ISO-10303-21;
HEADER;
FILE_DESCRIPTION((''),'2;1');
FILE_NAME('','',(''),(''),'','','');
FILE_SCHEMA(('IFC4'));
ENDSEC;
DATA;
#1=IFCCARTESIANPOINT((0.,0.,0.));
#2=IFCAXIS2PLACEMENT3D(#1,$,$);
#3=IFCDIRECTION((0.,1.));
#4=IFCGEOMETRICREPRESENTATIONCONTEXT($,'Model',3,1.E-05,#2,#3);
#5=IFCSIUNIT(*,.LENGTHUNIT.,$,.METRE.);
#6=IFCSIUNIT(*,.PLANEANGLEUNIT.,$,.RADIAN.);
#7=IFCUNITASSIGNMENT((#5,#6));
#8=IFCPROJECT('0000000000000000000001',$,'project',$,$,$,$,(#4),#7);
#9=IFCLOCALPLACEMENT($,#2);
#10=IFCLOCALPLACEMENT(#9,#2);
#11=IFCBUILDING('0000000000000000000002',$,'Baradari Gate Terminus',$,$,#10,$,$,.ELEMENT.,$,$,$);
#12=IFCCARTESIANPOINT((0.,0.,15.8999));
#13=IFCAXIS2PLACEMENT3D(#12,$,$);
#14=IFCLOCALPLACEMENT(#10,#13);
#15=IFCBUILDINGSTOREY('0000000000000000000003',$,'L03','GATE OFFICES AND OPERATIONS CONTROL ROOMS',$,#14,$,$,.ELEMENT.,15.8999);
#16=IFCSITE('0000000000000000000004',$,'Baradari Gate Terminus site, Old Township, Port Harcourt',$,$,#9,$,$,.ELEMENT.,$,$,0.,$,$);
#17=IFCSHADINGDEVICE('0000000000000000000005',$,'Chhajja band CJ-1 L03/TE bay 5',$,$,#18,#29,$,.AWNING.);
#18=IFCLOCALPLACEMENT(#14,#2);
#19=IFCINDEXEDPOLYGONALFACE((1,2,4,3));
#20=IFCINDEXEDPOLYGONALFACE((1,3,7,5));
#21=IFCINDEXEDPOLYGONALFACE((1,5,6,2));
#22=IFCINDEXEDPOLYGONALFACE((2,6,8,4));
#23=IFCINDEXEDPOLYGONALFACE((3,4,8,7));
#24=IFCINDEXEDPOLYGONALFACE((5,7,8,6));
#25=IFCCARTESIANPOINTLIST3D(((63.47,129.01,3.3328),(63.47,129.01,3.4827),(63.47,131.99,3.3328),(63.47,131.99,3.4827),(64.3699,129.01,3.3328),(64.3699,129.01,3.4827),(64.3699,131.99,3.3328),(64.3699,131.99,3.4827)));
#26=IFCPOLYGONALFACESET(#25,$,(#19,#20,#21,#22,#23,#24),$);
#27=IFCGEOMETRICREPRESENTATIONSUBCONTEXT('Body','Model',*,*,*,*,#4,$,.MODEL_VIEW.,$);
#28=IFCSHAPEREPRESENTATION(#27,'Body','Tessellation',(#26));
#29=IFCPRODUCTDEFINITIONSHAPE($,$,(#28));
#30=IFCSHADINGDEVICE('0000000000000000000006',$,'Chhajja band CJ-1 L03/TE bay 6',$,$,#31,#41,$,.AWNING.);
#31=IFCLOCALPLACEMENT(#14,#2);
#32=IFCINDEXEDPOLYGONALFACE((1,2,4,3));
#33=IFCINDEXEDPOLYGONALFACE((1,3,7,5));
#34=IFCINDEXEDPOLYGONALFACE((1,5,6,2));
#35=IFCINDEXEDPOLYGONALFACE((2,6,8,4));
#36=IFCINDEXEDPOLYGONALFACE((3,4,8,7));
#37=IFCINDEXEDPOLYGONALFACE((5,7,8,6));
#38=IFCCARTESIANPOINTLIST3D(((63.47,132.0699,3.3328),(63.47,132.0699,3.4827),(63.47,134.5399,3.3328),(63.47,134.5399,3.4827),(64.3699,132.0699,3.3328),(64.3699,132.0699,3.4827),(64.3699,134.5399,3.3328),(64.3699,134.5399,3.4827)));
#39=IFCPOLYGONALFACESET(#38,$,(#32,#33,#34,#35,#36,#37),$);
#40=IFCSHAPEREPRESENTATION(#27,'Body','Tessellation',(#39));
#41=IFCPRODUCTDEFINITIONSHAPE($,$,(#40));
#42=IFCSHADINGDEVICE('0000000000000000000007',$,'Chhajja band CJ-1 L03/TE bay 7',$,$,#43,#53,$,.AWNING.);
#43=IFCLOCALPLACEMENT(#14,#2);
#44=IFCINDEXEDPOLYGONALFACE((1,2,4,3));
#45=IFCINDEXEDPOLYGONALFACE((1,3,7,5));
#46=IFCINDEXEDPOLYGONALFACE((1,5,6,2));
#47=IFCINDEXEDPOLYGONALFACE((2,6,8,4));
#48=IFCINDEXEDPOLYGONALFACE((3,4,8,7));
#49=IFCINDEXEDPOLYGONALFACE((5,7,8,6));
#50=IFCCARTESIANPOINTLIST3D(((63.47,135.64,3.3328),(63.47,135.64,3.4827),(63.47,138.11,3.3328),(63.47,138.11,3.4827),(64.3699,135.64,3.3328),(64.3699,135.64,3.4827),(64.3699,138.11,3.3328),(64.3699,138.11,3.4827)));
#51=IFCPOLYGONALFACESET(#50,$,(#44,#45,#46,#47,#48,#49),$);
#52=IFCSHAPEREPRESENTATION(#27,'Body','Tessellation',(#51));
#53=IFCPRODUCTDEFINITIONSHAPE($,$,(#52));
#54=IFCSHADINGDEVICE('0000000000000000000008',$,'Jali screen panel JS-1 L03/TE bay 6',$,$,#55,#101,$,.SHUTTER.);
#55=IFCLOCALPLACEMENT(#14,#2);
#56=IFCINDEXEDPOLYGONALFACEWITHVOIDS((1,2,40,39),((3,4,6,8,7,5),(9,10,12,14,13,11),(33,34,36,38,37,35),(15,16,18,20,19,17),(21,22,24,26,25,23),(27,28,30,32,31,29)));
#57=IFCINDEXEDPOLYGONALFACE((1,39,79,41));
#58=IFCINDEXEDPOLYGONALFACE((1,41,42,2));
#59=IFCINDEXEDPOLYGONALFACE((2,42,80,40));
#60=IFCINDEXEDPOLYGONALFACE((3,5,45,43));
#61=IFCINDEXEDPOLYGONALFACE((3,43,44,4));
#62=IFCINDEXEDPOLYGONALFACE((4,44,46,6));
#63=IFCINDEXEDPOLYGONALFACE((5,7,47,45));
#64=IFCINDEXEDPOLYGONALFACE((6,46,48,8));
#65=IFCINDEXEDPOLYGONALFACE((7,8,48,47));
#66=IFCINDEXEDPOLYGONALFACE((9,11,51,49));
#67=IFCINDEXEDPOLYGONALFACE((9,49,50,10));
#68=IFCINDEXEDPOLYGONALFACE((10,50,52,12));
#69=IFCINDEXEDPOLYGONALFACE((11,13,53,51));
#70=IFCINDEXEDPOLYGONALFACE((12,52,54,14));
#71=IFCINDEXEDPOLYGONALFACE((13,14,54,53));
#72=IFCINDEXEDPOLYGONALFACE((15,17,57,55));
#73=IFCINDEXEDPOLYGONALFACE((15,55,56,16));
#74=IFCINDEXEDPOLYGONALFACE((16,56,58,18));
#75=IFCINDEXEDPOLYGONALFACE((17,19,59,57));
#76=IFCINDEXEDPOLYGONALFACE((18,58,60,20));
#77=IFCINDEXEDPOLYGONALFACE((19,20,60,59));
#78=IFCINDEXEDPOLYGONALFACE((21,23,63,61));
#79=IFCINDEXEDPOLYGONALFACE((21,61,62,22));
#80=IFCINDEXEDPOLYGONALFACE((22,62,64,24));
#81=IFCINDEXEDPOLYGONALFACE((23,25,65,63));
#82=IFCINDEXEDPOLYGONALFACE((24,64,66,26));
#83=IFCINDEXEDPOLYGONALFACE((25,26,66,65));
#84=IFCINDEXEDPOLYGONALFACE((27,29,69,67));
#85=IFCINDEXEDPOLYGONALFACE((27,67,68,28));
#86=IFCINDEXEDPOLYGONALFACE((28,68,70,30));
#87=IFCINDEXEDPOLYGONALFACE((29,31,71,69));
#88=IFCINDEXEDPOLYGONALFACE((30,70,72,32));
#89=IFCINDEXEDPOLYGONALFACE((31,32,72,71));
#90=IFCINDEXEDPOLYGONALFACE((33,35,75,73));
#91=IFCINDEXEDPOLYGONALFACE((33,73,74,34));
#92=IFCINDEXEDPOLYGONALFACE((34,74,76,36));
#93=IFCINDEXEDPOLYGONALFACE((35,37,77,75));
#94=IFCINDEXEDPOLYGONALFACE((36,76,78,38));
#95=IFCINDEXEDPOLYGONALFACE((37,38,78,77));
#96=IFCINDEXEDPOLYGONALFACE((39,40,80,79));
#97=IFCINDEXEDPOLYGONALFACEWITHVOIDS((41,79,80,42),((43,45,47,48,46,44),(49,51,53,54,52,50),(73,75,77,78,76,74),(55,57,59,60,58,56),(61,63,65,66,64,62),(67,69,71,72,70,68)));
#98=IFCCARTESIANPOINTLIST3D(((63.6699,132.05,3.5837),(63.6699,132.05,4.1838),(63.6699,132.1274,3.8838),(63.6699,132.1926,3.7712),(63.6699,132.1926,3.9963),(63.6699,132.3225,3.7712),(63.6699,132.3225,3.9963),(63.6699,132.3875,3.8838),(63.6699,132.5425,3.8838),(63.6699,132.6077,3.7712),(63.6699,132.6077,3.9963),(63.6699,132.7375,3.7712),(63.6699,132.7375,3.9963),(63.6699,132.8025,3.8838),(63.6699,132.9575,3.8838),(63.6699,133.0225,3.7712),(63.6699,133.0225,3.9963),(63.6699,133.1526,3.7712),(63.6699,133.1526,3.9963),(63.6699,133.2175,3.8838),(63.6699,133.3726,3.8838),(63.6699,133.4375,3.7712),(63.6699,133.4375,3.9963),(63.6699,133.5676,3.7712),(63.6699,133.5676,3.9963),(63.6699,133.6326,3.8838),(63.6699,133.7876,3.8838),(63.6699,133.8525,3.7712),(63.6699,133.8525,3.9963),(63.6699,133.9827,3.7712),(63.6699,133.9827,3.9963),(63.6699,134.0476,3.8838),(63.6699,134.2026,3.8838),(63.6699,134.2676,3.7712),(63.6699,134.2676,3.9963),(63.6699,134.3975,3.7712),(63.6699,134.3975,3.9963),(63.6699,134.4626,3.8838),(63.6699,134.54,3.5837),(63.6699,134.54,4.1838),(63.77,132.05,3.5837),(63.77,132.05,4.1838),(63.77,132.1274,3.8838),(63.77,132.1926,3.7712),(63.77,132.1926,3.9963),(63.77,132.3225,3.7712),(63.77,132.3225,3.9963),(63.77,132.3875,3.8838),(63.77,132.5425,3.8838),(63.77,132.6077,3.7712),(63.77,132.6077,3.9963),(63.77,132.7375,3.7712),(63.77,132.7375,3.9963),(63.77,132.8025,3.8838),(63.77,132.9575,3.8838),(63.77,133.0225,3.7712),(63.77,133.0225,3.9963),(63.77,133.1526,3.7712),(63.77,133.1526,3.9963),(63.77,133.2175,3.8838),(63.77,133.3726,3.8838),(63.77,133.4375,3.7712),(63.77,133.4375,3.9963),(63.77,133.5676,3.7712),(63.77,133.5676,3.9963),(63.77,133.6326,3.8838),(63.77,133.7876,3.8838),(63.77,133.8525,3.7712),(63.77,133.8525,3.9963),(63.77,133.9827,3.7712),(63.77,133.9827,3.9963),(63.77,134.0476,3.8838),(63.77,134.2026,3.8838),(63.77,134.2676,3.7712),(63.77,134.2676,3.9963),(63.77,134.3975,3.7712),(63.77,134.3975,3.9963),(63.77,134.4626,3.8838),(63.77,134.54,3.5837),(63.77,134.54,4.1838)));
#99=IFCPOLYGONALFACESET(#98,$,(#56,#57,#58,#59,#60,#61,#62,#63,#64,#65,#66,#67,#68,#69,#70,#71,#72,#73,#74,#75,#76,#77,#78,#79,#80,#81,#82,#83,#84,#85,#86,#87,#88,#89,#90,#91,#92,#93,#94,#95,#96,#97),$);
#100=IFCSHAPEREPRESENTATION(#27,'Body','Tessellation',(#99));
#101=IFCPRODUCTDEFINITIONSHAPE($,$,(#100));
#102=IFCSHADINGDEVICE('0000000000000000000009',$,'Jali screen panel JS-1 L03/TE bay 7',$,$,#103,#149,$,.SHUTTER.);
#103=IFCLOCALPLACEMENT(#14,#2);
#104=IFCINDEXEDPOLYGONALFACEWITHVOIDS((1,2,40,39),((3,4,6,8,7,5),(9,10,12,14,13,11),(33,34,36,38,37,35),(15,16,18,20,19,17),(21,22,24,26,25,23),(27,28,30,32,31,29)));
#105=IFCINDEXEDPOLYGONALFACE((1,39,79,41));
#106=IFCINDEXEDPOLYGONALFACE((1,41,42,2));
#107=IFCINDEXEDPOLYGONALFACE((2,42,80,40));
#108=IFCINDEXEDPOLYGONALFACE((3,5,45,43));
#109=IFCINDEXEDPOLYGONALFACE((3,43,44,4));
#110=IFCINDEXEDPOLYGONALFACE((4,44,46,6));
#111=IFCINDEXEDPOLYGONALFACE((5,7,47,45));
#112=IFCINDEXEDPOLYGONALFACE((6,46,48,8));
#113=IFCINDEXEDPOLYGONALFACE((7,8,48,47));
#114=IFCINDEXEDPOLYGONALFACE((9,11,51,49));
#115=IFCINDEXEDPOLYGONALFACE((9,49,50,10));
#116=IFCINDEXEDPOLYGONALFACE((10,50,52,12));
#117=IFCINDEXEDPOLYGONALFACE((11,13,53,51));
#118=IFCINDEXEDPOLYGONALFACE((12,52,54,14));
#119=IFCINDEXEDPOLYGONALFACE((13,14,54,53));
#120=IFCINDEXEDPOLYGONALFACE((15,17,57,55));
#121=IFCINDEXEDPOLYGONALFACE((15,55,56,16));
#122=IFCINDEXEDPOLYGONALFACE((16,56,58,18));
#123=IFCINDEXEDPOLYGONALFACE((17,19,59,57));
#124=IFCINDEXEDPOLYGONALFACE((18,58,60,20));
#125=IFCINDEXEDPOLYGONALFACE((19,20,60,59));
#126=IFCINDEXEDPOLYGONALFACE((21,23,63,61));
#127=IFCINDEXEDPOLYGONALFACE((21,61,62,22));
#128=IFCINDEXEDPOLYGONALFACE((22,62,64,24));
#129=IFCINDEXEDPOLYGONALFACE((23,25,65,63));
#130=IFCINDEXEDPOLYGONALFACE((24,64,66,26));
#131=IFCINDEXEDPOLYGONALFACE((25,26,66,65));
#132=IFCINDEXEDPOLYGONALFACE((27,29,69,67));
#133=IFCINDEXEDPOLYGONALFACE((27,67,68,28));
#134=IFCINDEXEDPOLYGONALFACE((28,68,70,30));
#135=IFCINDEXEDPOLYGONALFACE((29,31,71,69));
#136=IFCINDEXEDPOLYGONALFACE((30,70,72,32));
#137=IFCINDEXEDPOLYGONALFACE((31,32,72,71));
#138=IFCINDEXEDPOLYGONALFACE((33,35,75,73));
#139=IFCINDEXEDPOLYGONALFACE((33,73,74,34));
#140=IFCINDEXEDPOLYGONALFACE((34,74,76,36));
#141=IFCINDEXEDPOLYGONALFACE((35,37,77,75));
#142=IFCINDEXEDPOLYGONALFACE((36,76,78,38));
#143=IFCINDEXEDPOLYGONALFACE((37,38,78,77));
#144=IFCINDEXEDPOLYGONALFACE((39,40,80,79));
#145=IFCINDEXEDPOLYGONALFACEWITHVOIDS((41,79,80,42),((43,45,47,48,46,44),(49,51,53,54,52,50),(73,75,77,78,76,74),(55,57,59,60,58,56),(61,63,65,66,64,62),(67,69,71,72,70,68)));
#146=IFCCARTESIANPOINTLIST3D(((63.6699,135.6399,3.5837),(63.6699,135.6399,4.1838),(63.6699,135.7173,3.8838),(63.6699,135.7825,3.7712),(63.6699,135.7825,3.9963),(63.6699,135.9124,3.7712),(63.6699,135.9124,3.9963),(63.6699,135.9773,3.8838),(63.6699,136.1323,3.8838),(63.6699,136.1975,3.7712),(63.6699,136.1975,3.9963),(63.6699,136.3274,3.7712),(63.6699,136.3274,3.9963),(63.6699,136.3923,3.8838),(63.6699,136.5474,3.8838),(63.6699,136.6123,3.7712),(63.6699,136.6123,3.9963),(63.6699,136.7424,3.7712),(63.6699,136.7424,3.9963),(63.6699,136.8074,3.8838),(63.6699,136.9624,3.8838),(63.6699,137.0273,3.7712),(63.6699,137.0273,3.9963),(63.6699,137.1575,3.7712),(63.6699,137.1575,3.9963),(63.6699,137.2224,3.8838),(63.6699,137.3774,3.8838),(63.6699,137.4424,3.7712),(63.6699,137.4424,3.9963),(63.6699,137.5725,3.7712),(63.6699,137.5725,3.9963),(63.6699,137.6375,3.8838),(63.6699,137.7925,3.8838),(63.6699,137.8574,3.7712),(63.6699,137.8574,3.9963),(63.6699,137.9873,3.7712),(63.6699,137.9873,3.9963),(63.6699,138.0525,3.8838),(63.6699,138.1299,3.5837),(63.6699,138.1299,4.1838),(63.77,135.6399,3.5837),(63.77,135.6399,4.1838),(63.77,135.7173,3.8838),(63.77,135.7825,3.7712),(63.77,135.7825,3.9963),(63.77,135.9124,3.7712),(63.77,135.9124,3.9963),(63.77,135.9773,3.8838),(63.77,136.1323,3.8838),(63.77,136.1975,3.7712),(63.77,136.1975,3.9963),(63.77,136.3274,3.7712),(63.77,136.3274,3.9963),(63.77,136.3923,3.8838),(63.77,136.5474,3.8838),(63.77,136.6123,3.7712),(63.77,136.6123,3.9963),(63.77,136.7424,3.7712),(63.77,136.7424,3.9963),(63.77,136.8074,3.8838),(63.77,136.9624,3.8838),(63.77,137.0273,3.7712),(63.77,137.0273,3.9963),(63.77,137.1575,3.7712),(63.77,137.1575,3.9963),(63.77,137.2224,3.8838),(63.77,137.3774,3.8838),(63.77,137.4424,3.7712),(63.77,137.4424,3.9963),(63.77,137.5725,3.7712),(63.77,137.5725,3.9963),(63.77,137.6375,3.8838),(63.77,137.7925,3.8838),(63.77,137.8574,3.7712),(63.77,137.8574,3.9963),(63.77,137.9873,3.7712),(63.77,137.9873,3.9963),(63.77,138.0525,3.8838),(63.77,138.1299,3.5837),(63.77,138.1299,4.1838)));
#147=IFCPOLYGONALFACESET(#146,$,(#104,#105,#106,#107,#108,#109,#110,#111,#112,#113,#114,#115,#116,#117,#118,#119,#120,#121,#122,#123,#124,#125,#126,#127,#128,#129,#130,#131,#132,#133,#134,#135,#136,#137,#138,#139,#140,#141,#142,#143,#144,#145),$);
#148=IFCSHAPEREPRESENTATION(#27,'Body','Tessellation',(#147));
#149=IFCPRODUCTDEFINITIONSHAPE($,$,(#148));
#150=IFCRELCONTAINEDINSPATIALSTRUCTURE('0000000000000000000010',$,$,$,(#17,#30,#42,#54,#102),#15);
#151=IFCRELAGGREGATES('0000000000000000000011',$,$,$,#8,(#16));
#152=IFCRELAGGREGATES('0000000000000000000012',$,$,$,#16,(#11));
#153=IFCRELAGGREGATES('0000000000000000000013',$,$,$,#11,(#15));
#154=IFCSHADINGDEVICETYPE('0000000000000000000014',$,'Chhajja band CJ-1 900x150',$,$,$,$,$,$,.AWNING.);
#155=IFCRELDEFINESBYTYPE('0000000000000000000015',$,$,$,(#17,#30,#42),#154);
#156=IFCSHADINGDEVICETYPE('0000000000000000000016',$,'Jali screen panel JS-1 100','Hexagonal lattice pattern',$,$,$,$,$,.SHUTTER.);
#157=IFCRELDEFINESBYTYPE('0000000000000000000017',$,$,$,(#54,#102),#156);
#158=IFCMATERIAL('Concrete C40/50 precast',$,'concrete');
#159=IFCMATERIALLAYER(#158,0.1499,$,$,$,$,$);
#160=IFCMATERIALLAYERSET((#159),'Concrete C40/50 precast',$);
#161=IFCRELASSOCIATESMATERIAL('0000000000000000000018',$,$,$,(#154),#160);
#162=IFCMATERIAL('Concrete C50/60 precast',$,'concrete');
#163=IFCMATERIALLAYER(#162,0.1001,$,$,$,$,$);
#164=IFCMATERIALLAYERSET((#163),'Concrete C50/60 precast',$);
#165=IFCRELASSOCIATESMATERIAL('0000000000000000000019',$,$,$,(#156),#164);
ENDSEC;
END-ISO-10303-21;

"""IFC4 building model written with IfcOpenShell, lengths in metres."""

from ifc_helpers import new_model, si_unit, direction, frame, origin, origin_2d, place, context, subcontext, project, spatial, polyline, rectangle, outline, extrude, material, layer, layer_set, type_object, element, save


model = new_model("IFC4")

# Units and contexts
model_context = context("Model", 3, precision=1e-05, world=origin(), true_north=direction((0.0, 1.0)))
body_context = subcontext(model_context, "Body", "Model", "MODEL_VIEW")
ifc_project = project(units=[si_unit("LENGTHUNIT", "METRE"), si_unit("PLANEANGLEUNIT", "RADIAN")], contexts=[model_context])

# Site, building, storey
site_placement = place(None, origin())
site = spatial("IfcSite", under=ifc_project, at=site_placement, Name="Baradari Gate Terminus site, Old Township, Port Harcourt", CompositionType="ELEMENT", RefElevation=0.0)
building_placement = place(site_placement, origin())
building = spatial("IfcBuilding", under=site, at=building_placement, Name="Baradari Gate Terminus", CompositionType="ELEMENT")
storey_placement = place(building_placement, frame((0.0, 0.0, 15.8999)))
storey = spatial("IfcBuildingStorey", under=building, at=storey_placement, Name="L03", Description="GATE OFFICES AND OPERATIONS CONTROL ROOMS", CompositionType="ELEMENT", Elevation=15.8999)

# Shading devices
ifc_material_1 = material(Name="Concrete C40/50 precast", Category="concrete")
ifc_layer_1 = layer(ifc_material_1, 0.1499)
ifc_layer_set_1 = layer_set([ifc_layer_1], Name="Concrete C40/50 precast")
shading_device_type_1 = type_object("IfcShadingDeviceType", Name="Chhajja band CJ-1 900x150", PredefinedType="AWNING", material=ifc_layer_set_1)
shading_device_1_placement = place(storey_placement, frame((63.9199, 130.5, 3.3328), z_axis=(0.0, 0.0, 1.0), x_axis=(0.0, 1.0, 0.0)))
element("IfcShadingDevice", 1, at=shading_device_1_placement, inside=storey, type_object=shading_device_type_1, Name="Chhajja band CJ-1 L03/TE bay 5", PredefinedType="AWNING", context=body_context, shape_type="SweptSolid", body=[
    extrude(rectangle(XDim=2.98, YDim=0.8999, at=origin_2d()), origin(), (0.0, 0.0, 1.0), 0.1499),
])
for number, where, z_axis, x_axis, name in (
    (2, (63.9199, 133.3049, 3.3328), (0.0, 0.0, 1.0), (0.0, 1.0, 0.0), "Chhajja band CJ-1 L03/TE bay 6"),
    (3, (63.9199, 136.875, 3.3328), (0.0, 0.0, 1.0), (0.0, 1.0, 0.0), "Chhajja band CJ-1 L03/TE bay 7"),
):
    element("IfcShadingDevice", number, at=place(storey_placement, frame(where, z_axis=z_axis, x_axis=x_axis)), inside=storey, type_object=shading_device_type_1, Name=name, PredefinedType="AWNING", context=body_context, shape_type="SweptSolid", body=[
        extrude(rectangle(XDim=2.47, YDim=0.8999, at=origin_2d()), origin(), (0.0, 0.0, 1.0), 0.1499),
    ])
ifc_material_2 = material(Name="Concrete C50/60 precast", Category="concrete")
ifc_layer_2 = layer(ifc_material_2, 0.1001)
ifc_layer_set_2 = layer_set([ifc_layer_2], Name="Concrete C50/60 precast")
shading_device_type_2 = type_object("IfcShadingDeviceType", Name="Jali screen panel JS-1 100", Description="Hexagonal lattice pattern", PredefinedType="SHUTTER", material=ifc_layer_set_2)
for number, where, z_axis, x_axis, name in (
    (4, (63.72, 132.05, 3.5837), (0.0, 0.0, 1.0), (0.0, 1.0, 0.0), "Jali screen panel JS-1 L03/TE bay 6"),
    (5, (63.72, 135.6399, 3.5837), (0.0, 0.0, 1.0), (0.0, 1.0, 0.0), "Jali screen panel JS-1 L03/TE bay 7"),
):
    element("IfcShadingDevice", number, at=place(storey_placement, frame(where, z_axis=z_axis, x_axis=x_axis)), inside=storey, type_object=shading_device_type_2, Name=name, PredefinedType="SHUTTER", context=body_context, shape_type="SweptSolid", body=[
        extrude(outline(polyline([(0.0, 0.0), (2.49, 0.0), (2.49, 0.6001), (0.0, 0.6001), (0.0, 0.0)]), holes=[polyline([(0.3374, 0.3), (0.2725, 0.1875), (0.1426, 0.1875), (0.0774, 0.3), (0.1426, 0.4126), (0.2725, 0.4126), (0.3374, 0.3)]), polyline([(0.7524, 0.3), (0.6875, 0.1875), (0.5576, 0.1875), (0.4924, 0.3), (0.5576, 0.4126), (0.6875, 0.4126), (0.7524, 0.3)]), polyline([(1.1675, 0.3), (1.1025, 0.1875), (0.9724, 0.1875), (0.9075, 0.3), (0.9724, 0.4126), (1.1025, 0.4126), (1.1675, 0.3)]), polyline([(1.5825, 0.3), (1.5176, 0.1875), (1.3875, 0.1875), (1.3225, 0.3), (1.3875, 0.4126), (1.5176, 0.4126), (1.5825, 0.3)]), polyline([(1.9976, 0.3), (1.9326, 0.1875), (1.8025, 0.1875), (1.7375, 0.3), (1.8025, 0.4126), (1.9326, 0.4126), (1.9976, 0.3)]), polyline([(2.4126, 0.3), (2.3474, 0.1875), (2.2175, 0.1875), (2.1526, 0.3), (2.2175, 0.4126), (2.3474, 0.4126), (2.4126, 0.3)])]), frame((0.0, 0.05, 0.0), z_axis=(0.0, -1.0, 0.0), x_axis=(1.0, 0.0, 0.0)), (0.0, 0.0, 1.0), 0.1001),
    ])

save(model, "model.ifc")
